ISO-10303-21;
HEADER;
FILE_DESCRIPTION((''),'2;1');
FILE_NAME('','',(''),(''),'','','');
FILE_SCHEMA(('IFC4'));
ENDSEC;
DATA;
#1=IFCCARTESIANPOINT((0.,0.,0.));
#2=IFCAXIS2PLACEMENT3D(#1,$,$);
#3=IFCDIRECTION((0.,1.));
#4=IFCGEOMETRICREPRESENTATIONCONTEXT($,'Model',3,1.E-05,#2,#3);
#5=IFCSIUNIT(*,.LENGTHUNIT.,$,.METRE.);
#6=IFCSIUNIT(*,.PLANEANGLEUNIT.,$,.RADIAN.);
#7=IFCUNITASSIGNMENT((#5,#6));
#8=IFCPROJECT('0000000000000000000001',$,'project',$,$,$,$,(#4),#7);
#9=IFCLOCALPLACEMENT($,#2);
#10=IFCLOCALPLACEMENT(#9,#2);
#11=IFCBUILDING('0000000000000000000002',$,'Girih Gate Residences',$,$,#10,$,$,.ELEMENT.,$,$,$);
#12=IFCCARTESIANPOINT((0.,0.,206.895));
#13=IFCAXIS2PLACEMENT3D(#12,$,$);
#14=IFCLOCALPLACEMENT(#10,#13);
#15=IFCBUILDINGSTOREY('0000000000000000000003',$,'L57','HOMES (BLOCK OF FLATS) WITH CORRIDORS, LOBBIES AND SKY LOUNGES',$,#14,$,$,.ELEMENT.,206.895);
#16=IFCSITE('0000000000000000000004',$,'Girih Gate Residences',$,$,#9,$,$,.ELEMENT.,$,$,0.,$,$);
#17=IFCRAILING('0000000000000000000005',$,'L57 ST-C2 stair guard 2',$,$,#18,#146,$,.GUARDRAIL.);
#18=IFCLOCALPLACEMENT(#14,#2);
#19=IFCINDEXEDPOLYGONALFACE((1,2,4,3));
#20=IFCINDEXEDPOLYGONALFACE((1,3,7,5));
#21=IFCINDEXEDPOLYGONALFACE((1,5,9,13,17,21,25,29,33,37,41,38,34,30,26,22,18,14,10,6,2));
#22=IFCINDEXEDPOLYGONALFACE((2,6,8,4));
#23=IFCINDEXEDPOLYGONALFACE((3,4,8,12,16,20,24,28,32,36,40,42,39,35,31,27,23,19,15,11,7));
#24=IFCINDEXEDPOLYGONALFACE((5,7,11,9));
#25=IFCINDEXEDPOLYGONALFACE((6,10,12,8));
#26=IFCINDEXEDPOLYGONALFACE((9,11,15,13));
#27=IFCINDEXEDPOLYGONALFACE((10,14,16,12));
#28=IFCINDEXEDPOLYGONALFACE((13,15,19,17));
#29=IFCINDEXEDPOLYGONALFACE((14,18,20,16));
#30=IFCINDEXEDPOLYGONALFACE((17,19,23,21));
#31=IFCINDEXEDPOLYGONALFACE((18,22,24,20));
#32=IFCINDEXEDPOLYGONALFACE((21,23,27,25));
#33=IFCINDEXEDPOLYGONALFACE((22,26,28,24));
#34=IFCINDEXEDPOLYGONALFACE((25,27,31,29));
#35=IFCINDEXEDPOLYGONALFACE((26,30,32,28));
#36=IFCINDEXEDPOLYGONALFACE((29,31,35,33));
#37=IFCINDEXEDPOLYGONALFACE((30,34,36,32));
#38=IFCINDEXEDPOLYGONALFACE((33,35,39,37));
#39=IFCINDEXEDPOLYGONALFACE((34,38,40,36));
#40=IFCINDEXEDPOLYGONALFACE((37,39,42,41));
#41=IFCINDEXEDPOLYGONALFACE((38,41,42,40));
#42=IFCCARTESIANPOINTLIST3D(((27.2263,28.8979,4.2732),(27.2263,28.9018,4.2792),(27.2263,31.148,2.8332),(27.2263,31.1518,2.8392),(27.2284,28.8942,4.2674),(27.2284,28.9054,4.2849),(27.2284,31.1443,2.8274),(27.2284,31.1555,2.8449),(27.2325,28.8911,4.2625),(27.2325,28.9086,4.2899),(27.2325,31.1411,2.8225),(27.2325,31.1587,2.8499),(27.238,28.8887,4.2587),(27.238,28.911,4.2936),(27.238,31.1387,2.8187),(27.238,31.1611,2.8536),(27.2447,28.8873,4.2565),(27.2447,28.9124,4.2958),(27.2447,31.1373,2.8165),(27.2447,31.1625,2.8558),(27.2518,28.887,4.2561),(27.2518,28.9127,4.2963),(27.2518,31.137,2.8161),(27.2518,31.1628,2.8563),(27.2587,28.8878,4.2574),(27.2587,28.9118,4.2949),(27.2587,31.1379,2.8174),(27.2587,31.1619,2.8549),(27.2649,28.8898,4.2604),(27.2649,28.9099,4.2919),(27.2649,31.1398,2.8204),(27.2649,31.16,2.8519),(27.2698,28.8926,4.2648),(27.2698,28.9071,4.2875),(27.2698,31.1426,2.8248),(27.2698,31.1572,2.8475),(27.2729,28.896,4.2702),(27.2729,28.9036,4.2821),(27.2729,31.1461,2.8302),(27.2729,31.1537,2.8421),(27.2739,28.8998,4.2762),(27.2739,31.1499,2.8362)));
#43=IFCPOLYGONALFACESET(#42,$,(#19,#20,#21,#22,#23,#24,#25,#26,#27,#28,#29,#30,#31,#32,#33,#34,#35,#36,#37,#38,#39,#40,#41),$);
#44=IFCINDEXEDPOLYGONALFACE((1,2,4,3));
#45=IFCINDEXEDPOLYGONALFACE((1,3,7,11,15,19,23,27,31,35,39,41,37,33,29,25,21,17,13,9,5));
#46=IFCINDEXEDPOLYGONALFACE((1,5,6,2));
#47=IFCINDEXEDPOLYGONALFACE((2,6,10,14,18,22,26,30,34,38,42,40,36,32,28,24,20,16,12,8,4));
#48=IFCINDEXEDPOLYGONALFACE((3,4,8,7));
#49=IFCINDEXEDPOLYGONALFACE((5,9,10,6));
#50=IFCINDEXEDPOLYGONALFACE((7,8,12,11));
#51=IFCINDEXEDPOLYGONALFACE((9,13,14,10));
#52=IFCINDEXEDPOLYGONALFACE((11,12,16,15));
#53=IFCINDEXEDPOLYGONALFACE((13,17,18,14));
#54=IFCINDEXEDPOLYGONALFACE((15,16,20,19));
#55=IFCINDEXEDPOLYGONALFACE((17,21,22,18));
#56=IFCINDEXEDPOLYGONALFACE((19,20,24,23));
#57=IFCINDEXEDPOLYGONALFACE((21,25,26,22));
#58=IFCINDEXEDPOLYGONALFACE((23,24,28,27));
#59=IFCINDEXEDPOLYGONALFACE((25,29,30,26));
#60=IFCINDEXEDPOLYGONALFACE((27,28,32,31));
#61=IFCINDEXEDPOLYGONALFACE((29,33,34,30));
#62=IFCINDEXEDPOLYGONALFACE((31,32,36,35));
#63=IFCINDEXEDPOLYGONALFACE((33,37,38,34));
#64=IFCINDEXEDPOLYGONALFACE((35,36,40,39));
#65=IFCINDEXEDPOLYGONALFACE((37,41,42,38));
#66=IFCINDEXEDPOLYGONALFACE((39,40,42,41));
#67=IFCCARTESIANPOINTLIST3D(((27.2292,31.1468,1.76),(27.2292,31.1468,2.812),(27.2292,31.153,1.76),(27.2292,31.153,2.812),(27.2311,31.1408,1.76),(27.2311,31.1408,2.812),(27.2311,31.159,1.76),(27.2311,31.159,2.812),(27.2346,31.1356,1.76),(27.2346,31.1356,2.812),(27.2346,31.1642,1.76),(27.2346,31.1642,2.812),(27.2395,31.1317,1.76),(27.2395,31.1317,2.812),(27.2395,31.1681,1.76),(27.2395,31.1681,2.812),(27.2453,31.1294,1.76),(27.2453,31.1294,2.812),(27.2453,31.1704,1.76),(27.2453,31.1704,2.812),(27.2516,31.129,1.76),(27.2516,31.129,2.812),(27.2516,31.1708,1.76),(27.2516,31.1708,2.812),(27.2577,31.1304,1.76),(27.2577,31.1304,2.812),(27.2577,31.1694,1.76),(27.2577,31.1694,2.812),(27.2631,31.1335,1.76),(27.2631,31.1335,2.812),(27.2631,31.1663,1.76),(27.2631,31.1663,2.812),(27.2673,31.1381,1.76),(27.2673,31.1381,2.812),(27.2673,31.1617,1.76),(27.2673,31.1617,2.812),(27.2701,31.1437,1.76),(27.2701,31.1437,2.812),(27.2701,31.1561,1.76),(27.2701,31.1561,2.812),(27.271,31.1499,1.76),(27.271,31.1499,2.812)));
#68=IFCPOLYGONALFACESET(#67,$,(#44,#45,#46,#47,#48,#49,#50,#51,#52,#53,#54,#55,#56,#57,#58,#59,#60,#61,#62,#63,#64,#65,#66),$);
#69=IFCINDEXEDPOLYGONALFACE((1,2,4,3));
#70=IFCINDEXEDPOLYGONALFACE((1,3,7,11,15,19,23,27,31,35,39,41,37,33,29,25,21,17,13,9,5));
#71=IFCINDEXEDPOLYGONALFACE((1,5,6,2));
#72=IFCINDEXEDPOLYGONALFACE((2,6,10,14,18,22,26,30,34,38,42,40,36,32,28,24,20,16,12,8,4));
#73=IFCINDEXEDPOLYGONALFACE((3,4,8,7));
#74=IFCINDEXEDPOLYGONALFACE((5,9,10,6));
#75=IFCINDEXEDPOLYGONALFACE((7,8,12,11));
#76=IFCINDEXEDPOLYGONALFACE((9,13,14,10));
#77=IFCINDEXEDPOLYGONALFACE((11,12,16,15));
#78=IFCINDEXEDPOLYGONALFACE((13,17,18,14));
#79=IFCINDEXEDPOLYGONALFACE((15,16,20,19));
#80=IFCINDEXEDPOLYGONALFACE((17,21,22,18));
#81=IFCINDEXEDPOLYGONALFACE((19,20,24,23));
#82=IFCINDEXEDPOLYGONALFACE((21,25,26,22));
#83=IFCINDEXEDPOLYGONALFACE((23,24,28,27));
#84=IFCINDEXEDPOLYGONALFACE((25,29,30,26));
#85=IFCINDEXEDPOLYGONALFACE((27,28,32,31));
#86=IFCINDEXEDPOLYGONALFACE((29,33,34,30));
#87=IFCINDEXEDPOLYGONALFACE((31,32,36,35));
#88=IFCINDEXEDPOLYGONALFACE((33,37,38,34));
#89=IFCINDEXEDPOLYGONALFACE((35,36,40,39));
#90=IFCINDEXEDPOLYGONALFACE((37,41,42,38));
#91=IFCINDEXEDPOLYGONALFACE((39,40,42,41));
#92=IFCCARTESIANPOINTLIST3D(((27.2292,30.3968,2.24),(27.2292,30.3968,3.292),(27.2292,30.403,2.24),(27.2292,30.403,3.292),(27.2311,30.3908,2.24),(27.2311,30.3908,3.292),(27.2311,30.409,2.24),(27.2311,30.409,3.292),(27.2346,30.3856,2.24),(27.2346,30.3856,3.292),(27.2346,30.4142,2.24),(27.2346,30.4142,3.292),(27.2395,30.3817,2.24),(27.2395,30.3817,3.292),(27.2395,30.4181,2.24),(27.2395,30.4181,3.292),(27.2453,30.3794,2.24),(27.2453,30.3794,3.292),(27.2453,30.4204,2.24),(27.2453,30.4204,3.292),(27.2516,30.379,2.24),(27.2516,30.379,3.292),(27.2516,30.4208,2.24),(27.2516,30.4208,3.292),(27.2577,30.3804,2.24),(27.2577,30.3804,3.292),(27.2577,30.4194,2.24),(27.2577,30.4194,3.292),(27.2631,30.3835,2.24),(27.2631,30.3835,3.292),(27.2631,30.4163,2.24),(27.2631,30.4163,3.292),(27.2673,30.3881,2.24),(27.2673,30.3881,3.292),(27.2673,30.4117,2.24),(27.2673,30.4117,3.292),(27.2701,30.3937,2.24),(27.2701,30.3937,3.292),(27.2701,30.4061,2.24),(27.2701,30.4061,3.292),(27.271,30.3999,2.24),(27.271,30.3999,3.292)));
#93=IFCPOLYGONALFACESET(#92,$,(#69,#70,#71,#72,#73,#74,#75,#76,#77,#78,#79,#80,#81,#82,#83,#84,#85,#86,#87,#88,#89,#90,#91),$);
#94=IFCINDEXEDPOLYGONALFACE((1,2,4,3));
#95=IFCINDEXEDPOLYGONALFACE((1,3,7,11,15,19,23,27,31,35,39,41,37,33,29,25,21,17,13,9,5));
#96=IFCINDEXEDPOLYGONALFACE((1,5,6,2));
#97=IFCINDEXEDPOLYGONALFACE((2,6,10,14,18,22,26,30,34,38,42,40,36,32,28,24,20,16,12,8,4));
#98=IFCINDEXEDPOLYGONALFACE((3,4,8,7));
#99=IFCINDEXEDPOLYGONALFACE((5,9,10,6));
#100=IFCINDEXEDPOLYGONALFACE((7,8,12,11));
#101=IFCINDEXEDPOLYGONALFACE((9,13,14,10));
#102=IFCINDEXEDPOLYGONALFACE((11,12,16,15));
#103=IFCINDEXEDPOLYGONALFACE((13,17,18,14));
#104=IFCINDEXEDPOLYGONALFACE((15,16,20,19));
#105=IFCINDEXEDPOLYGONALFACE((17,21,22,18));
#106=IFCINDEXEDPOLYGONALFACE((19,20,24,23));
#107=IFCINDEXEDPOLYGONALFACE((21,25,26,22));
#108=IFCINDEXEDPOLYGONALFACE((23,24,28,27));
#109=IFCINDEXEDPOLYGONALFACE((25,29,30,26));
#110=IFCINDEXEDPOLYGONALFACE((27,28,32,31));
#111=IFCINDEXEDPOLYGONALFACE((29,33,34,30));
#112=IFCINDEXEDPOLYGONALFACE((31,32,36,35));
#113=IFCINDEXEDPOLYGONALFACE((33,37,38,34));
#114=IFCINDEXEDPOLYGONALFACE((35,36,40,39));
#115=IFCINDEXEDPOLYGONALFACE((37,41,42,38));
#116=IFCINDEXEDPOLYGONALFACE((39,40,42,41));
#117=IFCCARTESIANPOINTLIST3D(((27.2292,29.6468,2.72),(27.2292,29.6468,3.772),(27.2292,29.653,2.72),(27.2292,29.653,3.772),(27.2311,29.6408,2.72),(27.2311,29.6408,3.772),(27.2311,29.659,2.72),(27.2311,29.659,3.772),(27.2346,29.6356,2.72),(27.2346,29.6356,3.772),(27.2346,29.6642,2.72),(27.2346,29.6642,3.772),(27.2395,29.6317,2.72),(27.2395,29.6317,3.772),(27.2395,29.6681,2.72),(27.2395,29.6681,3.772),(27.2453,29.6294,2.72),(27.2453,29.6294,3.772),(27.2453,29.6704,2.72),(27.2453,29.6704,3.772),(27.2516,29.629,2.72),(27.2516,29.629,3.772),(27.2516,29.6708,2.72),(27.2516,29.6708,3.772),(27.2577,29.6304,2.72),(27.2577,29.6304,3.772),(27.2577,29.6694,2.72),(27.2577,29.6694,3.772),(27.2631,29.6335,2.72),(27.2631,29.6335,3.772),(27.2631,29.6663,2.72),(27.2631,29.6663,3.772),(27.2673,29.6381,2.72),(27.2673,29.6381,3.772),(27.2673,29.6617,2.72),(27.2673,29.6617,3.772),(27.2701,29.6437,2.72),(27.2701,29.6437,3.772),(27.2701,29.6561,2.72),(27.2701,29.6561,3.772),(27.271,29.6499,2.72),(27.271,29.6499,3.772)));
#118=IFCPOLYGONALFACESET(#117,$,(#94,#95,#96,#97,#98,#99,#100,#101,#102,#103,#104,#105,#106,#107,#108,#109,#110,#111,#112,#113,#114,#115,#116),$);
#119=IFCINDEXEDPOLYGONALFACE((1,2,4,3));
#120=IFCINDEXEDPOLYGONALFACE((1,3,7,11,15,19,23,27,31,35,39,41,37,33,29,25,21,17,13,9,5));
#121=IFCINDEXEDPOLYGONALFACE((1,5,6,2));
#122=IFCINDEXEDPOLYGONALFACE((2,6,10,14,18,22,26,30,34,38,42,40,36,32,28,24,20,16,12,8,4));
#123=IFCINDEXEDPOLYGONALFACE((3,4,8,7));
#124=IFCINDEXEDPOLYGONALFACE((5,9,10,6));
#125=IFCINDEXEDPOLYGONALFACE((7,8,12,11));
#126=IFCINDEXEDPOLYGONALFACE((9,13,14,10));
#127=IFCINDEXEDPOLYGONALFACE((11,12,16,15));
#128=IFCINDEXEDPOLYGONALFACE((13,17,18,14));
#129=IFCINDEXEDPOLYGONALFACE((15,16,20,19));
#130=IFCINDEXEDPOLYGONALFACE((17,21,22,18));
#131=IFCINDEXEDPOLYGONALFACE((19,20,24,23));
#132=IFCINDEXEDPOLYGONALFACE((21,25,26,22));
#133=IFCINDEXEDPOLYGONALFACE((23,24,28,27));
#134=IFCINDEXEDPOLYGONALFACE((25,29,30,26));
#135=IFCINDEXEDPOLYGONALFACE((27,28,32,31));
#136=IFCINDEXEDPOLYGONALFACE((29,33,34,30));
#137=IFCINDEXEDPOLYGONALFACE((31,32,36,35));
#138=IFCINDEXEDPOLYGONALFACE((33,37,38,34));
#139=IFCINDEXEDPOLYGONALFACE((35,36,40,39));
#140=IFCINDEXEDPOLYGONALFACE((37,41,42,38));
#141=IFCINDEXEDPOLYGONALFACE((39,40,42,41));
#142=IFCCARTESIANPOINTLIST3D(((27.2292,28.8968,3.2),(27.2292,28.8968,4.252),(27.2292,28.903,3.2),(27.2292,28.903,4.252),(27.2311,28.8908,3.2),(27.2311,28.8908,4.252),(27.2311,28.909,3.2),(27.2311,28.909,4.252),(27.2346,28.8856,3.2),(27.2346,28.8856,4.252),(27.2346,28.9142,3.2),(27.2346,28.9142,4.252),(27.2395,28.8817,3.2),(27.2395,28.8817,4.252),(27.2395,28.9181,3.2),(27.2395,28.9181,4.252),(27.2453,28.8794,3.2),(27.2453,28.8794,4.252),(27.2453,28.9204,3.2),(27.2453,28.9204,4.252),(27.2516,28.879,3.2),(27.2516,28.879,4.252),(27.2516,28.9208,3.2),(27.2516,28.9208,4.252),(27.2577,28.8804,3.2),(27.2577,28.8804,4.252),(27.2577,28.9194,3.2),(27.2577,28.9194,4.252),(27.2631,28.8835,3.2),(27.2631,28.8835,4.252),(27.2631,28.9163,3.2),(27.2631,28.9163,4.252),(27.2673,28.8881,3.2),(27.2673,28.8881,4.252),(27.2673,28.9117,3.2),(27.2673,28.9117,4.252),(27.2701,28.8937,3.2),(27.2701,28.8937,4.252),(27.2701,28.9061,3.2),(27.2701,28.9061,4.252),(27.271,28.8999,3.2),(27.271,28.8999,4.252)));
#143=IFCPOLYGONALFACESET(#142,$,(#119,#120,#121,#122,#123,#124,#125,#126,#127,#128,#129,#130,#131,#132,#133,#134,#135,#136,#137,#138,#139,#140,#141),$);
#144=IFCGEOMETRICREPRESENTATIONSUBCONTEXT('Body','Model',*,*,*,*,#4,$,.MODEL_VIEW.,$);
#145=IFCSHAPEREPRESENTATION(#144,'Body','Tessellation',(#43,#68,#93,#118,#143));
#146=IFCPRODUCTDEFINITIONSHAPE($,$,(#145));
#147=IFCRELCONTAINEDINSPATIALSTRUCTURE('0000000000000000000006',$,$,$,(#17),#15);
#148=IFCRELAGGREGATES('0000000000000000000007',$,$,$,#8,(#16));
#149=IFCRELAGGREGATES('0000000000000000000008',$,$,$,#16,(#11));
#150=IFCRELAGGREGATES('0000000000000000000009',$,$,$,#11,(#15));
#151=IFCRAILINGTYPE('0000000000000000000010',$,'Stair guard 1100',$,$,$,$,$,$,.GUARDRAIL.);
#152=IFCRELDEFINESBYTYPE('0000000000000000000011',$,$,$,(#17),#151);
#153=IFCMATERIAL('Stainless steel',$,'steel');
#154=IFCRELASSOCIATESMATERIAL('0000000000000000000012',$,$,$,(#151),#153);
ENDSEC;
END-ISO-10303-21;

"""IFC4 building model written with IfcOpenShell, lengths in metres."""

from ifc_helpers import new_model, si_unit, direction, frame, origin, origin_2d, place, context, subcontext, project, spatial, circle, extrude, material, type_object, element, save


model = new_model("IFC4")

# Units and contexts
model_context = context("Model", 3, precision=1e-05, world=origin(), true_north=direction((0.0, 1.0)))
body_context = subcontext(model_context, "Body", "Model", "MODEL_VIEW")
ifc_project = project(units=[si_unit("LENGTHUNIT", "METRE"), si_unit("PLANEANGLEUNIT", "RADIAN")], contexts=[model_context])

# Site, building, storey
site_placement = place(None, origin())
site = spatial("IfcSite", under=ifc_project, at=site_placement, Name="Girih Gate Residences", CompositionType="ELEMENT", RefElevation=0.0)
building_placement = place(site_placement, origin())
building = spatial("IfcBuilding", under=site, at=building_placement, Name="Girih Gate Residences", CompositionType="ELEMENT")
storey_placement = place(building_placement, frame((0.0, 0.0, 206.895)))
storey = spatial("IfcBuildingStorey", under=building, at=storey_placement, Name="L57", Description="HOMES (BLOCK OF FLATS) WITH CORRIDORS, LOBBIES AND SKY LOUNGES", CompositionType="ELEMENT", Elevation=206.895)

# Railing
ifc_material_1 = material(Name="Stainless steel", Category="steel")
railing_type_1 = type_object("IfcRailingType", Name="Stair guard 1100", PredefinedType="GUARDRAIL", material=ifc_material_1)
railing_1_placement = place(storey_placement, frame((27.25, 31.1499, 1.76)))
element("IfcRailing", 1, at=railing_1_placement, inside=storey, type_object=railing_type_1, Name="L57 ST-C2 stair guard 2", PredefinedType="GUARDRAIL", context=body_context, shape_type="SweptSolid", body=[
    extrude(circle(Radius=0.0239, at=origin_2d()), frame((0.0, 0.0, 1.0762), z_axis=(0.0, -0.842281, 0.539038), x_axis=(1.0, 0.0, 0.0)), (0.0, 0.0, 1.0), 2.6714),
    extrude(circle(Radius=0.021, at=origin_2d()), origin(), (0.0, 0.0, 1.0), 1.052),
    extrude(circle(Radius=0.021, at=origin_2d()), frame((0.0, -0.75, 0.48)), (0.0, 0.0, 1.0), 1.052),
    extrude(circle(Radius=0.021, at=origin_2d()), frame((0.0, -1.5, 0.96)), (0.0, 0.0, 1.0), 1.052),
    extrude(circle(Radius=0.021, at=origin_2d()), frame((0.0, -2.25, 1.4399)), (0.0, 0.0, 1.0), 1.052),
])

save(model, "model.ifc")
